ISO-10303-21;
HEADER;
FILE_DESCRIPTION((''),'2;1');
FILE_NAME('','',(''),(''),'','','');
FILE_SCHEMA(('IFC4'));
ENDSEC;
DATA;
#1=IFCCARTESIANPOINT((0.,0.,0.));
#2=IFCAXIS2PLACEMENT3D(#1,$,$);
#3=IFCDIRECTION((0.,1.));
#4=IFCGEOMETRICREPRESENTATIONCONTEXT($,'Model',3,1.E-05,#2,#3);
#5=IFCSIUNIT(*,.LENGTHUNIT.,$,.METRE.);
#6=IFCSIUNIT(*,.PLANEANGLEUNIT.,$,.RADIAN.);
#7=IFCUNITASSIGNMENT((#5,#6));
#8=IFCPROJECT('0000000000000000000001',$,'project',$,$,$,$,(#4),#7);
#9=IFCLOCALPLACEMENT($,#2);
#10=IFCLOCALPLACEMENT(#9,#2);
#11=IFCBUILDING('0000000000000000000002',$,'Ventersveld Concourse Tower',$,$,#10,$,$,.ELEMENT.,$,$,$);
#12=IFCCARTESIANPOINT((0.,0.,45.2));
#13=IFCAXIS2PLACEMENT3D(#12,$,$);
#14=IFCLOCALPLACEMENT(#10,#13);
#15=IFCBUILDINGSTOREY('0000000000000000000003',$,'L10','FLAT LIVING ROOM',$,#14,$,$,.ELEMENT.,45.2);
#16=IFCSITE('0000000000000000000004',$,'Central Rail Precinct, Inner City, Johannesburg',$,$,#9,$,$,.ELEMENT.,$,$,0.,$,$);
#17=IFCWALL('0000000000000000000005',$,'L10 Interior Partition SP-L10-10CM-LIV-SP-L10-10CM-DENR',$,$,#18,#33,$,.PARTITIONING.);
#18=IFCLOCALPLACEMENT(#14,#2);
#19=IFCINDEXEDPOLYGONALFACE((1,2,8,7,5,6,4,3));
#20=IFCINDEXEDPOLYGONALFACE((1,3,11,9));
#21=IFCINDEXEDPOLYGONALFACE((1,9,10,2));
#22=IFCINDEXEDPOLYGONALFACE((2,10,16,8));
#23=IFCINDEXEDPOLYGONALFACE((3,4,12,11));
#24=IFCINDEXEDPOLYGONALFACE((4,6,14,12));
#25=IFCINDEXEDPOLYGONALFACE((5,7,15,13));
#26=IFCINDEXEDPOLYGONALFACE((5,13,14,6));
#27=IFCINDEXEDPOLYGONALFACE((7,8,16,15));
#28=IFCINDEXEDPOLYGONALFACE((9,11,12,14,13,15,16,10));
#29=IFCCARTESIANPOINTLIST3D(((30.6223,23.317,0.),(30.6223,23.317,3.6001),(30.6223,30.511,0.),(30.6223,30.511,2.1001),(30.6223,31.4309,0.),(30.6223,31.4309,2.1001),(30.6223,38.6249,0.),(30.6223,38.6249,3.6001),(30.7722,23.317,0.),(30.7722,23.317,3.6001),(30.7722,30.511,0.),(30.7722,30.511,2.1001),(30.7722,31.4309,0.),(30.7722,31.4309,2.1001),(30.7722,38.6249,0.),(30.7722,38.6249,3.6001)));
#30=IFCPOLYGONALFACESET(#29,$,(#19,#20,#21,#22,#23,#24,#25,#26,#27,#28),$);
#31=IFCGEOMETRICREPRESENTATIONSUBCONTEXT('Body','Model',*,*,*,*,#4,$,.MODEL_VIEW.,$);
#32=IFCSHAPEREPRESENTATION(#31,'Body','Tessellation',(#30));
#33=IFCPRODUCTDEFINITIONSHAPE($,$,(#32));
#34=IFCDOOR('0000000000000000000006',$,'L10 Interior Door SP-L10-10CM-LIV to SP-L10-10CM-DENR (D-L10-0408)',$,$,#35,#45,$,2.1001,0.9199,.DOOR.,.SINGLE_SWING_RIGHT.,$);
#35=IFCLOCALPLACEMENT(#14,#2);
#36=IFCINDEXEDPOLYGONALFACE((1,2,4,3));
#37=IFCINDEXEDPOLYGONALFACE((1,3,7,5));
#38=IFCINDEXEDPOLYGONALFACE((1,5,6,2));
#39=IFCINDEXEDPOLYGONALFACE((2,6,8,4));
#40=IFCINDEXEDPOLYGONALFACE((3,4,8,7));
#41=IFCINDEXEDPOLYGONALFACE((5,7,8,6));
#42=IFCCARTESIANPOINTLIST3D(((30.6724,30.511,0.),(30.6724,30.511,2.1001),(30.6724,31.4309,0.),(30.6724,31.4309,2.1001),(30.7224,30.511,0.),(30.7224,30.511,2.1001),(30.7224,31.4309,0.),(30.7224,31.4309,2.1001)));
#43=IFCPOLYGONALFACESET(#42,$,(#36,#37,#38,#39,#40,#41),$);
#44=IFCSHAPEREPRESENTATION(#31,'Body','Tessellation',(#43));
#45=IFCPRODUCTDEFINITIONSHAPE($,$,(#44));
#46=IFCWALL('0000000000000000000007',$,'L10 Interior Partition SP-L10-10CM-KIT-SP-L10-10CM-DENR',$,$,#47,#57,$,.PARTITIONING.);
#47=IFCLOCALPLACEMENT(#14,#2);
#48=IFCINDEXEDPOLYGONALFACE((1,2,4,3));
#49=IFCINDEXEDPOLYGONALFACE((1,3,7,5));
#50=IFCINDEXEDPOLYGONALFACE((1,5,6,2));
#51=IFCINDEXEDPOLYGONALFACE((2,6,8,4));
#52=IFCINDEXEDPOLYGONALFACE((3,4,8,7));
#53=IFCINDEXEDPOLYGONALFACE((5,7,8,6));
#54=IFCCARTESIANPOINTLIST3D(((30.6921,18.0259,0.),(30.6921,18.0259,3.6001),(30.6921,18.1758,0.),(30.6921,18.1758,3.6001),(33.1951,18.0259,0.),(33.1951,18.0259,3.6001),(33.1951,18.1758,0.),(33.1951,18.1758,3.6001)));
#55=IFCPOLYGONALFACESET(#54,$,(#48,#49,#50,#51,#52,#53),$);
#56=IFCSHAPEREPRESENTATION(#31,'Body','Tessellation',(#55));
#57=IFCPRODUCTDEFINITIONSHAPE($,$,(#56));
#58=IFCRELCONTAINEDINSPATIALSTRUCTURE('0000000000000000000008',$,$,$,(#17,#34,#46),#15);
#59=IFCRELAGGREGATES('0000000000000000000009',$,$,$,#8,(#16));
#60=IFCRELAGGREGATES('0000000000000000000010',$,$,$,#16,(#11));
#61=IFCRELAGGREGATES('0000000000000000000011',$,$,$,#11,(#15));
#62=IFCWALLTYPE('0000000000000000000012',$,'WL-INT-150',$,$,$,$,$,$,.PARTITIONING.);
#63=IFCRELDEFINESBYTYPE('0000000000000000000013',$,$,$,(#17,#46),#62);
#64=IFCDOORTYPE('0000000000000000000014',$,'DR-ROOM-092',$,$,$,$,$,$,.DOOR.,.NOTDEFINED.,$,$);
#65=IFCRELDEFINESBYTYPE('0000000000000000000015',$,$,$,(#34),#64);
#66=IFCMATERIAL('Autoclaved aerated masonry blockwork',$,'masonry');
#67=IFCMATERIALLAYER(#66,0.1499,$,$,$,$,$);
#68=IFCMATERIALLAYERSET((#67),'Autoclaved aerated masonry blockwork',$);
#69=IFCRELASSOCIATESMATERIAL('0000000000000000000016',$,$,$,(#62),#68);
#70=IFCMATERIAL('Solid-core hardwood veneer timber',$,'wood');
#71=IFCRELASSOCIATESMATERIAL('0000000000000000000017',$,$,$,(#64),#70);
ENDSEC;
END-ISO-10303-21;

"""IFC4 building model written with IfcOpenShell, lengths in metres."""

from ifc_helpers import new_model, si_unit, direction, frame, frame_2d, origin, place, context, subcontext, project, spatial, rectangle, extrude, material, layer, layer_set, type_object, element, fill, save


model = new_model("IFC4")

# Units and contexts
model_context = context("Model", 3, precision=1e-05, world=origin(), true_north=direction((0.0, 1.0)))
body_context = subcontext(model_context, "Body", "Model", "MODEL_VIEW")
ifc_project = project(units=[si_unit("LENGTHUNIT", "METRE"), si_unit("PLANEANGLEUNIT", "RADIAN")], contexts=[model_context])

# Site, building, storey
site_placement = place(None, origin())
site = spatial("IfcSite", under=ifc_project, at=site_placement, Name="Central Rail Precinct, Inner City, Johannesburg", CompositionType="ELEMENT", RefElevation=0.0)
building_placement = place(site_placement, origin())
building = spatial("IfcBuilding", under=site, at=building_placement, Name="Ventersveld Concourse Tower", CompositionType="ELEMENT")
storey_placement = place(building_placement, frame((0.0, 0.0, 45.2)))
storey = spatial("IfcBuildingStorey", under=building, at=storey_placement, Name="L10", Description="FLAT LIVING ROOM", CompositionType="ELEMENT", Elevation=45.2)

# Shared definitions
ifc_material_1 = material(Name="Autoclaved aerated masonry blockwork", Category="masonry")
ifc_layer_1 = layer(ifc_material_1, 0.1499)
ifc_layer_set_1 = layer_set([ifc_layer_1], Name="Autoclaved aerated masonry blockwork")
wall_type_1 = type_object("IfcWallType", Name="WL-INT-150", PredefinedType="PARTITIONING", material=ifc_layer_set_1)
ifc_material_2 = material(Name="Solid-core hardwood veneer timber", Category="wood")
door_type = type_object("IfcDoorType", Name="DR-ROOM-092", OperationType="NOTDEFINED", PredefinedType="DOOR", material=ifc_material_2)

# Wall, opening, door
wall_1_placement = place(storey_placement, frame((30.6973, 23.3171, 0.0), z_axis=(0.0, 0.0, 1.0), x_axis=(0.0, 1.0, 0.0)))
wall_1 = element("IfcWall", 1, at=wall_1_placement, inside=storey, type_object=wall_type_1, Name="L10 Interior Partition SP-L10-10CM-LIV-SP-L10-10CM-DENR", PredefinedType="PARTITIONING", context=body_context, shape_type="SweptSolid", body=[
    extrude(rectangle(XDim=15.3079, YDim=0.1499, at=frame_2d((7.6538, 0.0))), origin(), (0.0, 0.0, 1.0), 3.6001),
])
opening_1_placement = place(wall_1_placement, frame((7.1938, 0.0, 0.0)))
opening_1 = element("IfcOpeningElement", 2, at=opening_1_placement, cuts=wall_1, PredefinedType="OPENING", context=body_context, shape_type="SweptSolid", body=[
    extrude(rectangle(XDim=0.9199, YDim=2.1001, at=frame_2d((0.46, 1.05))), frame((0.0, 0.085, 0.0), z_axis=(0.0, -1.0, 0.0), x_axis=(1.0, 0.0, 0.0)), (0.0, 0.0, 1.0), 0.1699),
])
door_1_placement = place(opening_1_placement, origin())
door_1 = element("IfcDoor", 3, at=door_1_placement, inside=storey, type_object=door_type, Name="L10 Interior Door SP-L10-10CM-LIV to SP-L10-10CM-DENR (D-L10-0408)", OperationType="SINGLE_SWING_RIGHT", OverallHeight=2.1001, OverallWidth=0.9199, PredefinedType="DOOR", context=body_context, shape_type="SweptSolid", body=[
    extrude(rectangle(XDim=0.9199, YDim=2.1001, at=frame_2d((0.46, 1.05))), frame((0.0, 0.0249, 0.0), z_axis=(0.0, -1.0, 0.0), x_axis=(1.0, 0.0, 0.0)), (0.0, 0.0, 1.0), 0.05),
])
fill(opening_1, door_1)

# Wall
wall_2_placement = place(storey_placement, frame((30.6921, 18.1008, 0.0), z_axis=(0.0, 0.0, 1.0), x_axis=(1.0, 0.0, 0.0)))
element("IfcWall", 4, at=wall_2_placement, inside=storey, type_object=wall_type_1, Name="L10 Interior Partition SP-L10-10CM-KIT-SP-L10-10CM-DENR", PredefinedType="PARTITIONING", context=body_context, shape_type="SweptSolid", body=[
    extrude(rectangle(XDim=2.5029, YDim=0.1499, at=frame_2d((1.2515, 0.0))), origin(), (0.0, 0.0, 1.0), 3.6001),
])

save(model, "model.ifc")
